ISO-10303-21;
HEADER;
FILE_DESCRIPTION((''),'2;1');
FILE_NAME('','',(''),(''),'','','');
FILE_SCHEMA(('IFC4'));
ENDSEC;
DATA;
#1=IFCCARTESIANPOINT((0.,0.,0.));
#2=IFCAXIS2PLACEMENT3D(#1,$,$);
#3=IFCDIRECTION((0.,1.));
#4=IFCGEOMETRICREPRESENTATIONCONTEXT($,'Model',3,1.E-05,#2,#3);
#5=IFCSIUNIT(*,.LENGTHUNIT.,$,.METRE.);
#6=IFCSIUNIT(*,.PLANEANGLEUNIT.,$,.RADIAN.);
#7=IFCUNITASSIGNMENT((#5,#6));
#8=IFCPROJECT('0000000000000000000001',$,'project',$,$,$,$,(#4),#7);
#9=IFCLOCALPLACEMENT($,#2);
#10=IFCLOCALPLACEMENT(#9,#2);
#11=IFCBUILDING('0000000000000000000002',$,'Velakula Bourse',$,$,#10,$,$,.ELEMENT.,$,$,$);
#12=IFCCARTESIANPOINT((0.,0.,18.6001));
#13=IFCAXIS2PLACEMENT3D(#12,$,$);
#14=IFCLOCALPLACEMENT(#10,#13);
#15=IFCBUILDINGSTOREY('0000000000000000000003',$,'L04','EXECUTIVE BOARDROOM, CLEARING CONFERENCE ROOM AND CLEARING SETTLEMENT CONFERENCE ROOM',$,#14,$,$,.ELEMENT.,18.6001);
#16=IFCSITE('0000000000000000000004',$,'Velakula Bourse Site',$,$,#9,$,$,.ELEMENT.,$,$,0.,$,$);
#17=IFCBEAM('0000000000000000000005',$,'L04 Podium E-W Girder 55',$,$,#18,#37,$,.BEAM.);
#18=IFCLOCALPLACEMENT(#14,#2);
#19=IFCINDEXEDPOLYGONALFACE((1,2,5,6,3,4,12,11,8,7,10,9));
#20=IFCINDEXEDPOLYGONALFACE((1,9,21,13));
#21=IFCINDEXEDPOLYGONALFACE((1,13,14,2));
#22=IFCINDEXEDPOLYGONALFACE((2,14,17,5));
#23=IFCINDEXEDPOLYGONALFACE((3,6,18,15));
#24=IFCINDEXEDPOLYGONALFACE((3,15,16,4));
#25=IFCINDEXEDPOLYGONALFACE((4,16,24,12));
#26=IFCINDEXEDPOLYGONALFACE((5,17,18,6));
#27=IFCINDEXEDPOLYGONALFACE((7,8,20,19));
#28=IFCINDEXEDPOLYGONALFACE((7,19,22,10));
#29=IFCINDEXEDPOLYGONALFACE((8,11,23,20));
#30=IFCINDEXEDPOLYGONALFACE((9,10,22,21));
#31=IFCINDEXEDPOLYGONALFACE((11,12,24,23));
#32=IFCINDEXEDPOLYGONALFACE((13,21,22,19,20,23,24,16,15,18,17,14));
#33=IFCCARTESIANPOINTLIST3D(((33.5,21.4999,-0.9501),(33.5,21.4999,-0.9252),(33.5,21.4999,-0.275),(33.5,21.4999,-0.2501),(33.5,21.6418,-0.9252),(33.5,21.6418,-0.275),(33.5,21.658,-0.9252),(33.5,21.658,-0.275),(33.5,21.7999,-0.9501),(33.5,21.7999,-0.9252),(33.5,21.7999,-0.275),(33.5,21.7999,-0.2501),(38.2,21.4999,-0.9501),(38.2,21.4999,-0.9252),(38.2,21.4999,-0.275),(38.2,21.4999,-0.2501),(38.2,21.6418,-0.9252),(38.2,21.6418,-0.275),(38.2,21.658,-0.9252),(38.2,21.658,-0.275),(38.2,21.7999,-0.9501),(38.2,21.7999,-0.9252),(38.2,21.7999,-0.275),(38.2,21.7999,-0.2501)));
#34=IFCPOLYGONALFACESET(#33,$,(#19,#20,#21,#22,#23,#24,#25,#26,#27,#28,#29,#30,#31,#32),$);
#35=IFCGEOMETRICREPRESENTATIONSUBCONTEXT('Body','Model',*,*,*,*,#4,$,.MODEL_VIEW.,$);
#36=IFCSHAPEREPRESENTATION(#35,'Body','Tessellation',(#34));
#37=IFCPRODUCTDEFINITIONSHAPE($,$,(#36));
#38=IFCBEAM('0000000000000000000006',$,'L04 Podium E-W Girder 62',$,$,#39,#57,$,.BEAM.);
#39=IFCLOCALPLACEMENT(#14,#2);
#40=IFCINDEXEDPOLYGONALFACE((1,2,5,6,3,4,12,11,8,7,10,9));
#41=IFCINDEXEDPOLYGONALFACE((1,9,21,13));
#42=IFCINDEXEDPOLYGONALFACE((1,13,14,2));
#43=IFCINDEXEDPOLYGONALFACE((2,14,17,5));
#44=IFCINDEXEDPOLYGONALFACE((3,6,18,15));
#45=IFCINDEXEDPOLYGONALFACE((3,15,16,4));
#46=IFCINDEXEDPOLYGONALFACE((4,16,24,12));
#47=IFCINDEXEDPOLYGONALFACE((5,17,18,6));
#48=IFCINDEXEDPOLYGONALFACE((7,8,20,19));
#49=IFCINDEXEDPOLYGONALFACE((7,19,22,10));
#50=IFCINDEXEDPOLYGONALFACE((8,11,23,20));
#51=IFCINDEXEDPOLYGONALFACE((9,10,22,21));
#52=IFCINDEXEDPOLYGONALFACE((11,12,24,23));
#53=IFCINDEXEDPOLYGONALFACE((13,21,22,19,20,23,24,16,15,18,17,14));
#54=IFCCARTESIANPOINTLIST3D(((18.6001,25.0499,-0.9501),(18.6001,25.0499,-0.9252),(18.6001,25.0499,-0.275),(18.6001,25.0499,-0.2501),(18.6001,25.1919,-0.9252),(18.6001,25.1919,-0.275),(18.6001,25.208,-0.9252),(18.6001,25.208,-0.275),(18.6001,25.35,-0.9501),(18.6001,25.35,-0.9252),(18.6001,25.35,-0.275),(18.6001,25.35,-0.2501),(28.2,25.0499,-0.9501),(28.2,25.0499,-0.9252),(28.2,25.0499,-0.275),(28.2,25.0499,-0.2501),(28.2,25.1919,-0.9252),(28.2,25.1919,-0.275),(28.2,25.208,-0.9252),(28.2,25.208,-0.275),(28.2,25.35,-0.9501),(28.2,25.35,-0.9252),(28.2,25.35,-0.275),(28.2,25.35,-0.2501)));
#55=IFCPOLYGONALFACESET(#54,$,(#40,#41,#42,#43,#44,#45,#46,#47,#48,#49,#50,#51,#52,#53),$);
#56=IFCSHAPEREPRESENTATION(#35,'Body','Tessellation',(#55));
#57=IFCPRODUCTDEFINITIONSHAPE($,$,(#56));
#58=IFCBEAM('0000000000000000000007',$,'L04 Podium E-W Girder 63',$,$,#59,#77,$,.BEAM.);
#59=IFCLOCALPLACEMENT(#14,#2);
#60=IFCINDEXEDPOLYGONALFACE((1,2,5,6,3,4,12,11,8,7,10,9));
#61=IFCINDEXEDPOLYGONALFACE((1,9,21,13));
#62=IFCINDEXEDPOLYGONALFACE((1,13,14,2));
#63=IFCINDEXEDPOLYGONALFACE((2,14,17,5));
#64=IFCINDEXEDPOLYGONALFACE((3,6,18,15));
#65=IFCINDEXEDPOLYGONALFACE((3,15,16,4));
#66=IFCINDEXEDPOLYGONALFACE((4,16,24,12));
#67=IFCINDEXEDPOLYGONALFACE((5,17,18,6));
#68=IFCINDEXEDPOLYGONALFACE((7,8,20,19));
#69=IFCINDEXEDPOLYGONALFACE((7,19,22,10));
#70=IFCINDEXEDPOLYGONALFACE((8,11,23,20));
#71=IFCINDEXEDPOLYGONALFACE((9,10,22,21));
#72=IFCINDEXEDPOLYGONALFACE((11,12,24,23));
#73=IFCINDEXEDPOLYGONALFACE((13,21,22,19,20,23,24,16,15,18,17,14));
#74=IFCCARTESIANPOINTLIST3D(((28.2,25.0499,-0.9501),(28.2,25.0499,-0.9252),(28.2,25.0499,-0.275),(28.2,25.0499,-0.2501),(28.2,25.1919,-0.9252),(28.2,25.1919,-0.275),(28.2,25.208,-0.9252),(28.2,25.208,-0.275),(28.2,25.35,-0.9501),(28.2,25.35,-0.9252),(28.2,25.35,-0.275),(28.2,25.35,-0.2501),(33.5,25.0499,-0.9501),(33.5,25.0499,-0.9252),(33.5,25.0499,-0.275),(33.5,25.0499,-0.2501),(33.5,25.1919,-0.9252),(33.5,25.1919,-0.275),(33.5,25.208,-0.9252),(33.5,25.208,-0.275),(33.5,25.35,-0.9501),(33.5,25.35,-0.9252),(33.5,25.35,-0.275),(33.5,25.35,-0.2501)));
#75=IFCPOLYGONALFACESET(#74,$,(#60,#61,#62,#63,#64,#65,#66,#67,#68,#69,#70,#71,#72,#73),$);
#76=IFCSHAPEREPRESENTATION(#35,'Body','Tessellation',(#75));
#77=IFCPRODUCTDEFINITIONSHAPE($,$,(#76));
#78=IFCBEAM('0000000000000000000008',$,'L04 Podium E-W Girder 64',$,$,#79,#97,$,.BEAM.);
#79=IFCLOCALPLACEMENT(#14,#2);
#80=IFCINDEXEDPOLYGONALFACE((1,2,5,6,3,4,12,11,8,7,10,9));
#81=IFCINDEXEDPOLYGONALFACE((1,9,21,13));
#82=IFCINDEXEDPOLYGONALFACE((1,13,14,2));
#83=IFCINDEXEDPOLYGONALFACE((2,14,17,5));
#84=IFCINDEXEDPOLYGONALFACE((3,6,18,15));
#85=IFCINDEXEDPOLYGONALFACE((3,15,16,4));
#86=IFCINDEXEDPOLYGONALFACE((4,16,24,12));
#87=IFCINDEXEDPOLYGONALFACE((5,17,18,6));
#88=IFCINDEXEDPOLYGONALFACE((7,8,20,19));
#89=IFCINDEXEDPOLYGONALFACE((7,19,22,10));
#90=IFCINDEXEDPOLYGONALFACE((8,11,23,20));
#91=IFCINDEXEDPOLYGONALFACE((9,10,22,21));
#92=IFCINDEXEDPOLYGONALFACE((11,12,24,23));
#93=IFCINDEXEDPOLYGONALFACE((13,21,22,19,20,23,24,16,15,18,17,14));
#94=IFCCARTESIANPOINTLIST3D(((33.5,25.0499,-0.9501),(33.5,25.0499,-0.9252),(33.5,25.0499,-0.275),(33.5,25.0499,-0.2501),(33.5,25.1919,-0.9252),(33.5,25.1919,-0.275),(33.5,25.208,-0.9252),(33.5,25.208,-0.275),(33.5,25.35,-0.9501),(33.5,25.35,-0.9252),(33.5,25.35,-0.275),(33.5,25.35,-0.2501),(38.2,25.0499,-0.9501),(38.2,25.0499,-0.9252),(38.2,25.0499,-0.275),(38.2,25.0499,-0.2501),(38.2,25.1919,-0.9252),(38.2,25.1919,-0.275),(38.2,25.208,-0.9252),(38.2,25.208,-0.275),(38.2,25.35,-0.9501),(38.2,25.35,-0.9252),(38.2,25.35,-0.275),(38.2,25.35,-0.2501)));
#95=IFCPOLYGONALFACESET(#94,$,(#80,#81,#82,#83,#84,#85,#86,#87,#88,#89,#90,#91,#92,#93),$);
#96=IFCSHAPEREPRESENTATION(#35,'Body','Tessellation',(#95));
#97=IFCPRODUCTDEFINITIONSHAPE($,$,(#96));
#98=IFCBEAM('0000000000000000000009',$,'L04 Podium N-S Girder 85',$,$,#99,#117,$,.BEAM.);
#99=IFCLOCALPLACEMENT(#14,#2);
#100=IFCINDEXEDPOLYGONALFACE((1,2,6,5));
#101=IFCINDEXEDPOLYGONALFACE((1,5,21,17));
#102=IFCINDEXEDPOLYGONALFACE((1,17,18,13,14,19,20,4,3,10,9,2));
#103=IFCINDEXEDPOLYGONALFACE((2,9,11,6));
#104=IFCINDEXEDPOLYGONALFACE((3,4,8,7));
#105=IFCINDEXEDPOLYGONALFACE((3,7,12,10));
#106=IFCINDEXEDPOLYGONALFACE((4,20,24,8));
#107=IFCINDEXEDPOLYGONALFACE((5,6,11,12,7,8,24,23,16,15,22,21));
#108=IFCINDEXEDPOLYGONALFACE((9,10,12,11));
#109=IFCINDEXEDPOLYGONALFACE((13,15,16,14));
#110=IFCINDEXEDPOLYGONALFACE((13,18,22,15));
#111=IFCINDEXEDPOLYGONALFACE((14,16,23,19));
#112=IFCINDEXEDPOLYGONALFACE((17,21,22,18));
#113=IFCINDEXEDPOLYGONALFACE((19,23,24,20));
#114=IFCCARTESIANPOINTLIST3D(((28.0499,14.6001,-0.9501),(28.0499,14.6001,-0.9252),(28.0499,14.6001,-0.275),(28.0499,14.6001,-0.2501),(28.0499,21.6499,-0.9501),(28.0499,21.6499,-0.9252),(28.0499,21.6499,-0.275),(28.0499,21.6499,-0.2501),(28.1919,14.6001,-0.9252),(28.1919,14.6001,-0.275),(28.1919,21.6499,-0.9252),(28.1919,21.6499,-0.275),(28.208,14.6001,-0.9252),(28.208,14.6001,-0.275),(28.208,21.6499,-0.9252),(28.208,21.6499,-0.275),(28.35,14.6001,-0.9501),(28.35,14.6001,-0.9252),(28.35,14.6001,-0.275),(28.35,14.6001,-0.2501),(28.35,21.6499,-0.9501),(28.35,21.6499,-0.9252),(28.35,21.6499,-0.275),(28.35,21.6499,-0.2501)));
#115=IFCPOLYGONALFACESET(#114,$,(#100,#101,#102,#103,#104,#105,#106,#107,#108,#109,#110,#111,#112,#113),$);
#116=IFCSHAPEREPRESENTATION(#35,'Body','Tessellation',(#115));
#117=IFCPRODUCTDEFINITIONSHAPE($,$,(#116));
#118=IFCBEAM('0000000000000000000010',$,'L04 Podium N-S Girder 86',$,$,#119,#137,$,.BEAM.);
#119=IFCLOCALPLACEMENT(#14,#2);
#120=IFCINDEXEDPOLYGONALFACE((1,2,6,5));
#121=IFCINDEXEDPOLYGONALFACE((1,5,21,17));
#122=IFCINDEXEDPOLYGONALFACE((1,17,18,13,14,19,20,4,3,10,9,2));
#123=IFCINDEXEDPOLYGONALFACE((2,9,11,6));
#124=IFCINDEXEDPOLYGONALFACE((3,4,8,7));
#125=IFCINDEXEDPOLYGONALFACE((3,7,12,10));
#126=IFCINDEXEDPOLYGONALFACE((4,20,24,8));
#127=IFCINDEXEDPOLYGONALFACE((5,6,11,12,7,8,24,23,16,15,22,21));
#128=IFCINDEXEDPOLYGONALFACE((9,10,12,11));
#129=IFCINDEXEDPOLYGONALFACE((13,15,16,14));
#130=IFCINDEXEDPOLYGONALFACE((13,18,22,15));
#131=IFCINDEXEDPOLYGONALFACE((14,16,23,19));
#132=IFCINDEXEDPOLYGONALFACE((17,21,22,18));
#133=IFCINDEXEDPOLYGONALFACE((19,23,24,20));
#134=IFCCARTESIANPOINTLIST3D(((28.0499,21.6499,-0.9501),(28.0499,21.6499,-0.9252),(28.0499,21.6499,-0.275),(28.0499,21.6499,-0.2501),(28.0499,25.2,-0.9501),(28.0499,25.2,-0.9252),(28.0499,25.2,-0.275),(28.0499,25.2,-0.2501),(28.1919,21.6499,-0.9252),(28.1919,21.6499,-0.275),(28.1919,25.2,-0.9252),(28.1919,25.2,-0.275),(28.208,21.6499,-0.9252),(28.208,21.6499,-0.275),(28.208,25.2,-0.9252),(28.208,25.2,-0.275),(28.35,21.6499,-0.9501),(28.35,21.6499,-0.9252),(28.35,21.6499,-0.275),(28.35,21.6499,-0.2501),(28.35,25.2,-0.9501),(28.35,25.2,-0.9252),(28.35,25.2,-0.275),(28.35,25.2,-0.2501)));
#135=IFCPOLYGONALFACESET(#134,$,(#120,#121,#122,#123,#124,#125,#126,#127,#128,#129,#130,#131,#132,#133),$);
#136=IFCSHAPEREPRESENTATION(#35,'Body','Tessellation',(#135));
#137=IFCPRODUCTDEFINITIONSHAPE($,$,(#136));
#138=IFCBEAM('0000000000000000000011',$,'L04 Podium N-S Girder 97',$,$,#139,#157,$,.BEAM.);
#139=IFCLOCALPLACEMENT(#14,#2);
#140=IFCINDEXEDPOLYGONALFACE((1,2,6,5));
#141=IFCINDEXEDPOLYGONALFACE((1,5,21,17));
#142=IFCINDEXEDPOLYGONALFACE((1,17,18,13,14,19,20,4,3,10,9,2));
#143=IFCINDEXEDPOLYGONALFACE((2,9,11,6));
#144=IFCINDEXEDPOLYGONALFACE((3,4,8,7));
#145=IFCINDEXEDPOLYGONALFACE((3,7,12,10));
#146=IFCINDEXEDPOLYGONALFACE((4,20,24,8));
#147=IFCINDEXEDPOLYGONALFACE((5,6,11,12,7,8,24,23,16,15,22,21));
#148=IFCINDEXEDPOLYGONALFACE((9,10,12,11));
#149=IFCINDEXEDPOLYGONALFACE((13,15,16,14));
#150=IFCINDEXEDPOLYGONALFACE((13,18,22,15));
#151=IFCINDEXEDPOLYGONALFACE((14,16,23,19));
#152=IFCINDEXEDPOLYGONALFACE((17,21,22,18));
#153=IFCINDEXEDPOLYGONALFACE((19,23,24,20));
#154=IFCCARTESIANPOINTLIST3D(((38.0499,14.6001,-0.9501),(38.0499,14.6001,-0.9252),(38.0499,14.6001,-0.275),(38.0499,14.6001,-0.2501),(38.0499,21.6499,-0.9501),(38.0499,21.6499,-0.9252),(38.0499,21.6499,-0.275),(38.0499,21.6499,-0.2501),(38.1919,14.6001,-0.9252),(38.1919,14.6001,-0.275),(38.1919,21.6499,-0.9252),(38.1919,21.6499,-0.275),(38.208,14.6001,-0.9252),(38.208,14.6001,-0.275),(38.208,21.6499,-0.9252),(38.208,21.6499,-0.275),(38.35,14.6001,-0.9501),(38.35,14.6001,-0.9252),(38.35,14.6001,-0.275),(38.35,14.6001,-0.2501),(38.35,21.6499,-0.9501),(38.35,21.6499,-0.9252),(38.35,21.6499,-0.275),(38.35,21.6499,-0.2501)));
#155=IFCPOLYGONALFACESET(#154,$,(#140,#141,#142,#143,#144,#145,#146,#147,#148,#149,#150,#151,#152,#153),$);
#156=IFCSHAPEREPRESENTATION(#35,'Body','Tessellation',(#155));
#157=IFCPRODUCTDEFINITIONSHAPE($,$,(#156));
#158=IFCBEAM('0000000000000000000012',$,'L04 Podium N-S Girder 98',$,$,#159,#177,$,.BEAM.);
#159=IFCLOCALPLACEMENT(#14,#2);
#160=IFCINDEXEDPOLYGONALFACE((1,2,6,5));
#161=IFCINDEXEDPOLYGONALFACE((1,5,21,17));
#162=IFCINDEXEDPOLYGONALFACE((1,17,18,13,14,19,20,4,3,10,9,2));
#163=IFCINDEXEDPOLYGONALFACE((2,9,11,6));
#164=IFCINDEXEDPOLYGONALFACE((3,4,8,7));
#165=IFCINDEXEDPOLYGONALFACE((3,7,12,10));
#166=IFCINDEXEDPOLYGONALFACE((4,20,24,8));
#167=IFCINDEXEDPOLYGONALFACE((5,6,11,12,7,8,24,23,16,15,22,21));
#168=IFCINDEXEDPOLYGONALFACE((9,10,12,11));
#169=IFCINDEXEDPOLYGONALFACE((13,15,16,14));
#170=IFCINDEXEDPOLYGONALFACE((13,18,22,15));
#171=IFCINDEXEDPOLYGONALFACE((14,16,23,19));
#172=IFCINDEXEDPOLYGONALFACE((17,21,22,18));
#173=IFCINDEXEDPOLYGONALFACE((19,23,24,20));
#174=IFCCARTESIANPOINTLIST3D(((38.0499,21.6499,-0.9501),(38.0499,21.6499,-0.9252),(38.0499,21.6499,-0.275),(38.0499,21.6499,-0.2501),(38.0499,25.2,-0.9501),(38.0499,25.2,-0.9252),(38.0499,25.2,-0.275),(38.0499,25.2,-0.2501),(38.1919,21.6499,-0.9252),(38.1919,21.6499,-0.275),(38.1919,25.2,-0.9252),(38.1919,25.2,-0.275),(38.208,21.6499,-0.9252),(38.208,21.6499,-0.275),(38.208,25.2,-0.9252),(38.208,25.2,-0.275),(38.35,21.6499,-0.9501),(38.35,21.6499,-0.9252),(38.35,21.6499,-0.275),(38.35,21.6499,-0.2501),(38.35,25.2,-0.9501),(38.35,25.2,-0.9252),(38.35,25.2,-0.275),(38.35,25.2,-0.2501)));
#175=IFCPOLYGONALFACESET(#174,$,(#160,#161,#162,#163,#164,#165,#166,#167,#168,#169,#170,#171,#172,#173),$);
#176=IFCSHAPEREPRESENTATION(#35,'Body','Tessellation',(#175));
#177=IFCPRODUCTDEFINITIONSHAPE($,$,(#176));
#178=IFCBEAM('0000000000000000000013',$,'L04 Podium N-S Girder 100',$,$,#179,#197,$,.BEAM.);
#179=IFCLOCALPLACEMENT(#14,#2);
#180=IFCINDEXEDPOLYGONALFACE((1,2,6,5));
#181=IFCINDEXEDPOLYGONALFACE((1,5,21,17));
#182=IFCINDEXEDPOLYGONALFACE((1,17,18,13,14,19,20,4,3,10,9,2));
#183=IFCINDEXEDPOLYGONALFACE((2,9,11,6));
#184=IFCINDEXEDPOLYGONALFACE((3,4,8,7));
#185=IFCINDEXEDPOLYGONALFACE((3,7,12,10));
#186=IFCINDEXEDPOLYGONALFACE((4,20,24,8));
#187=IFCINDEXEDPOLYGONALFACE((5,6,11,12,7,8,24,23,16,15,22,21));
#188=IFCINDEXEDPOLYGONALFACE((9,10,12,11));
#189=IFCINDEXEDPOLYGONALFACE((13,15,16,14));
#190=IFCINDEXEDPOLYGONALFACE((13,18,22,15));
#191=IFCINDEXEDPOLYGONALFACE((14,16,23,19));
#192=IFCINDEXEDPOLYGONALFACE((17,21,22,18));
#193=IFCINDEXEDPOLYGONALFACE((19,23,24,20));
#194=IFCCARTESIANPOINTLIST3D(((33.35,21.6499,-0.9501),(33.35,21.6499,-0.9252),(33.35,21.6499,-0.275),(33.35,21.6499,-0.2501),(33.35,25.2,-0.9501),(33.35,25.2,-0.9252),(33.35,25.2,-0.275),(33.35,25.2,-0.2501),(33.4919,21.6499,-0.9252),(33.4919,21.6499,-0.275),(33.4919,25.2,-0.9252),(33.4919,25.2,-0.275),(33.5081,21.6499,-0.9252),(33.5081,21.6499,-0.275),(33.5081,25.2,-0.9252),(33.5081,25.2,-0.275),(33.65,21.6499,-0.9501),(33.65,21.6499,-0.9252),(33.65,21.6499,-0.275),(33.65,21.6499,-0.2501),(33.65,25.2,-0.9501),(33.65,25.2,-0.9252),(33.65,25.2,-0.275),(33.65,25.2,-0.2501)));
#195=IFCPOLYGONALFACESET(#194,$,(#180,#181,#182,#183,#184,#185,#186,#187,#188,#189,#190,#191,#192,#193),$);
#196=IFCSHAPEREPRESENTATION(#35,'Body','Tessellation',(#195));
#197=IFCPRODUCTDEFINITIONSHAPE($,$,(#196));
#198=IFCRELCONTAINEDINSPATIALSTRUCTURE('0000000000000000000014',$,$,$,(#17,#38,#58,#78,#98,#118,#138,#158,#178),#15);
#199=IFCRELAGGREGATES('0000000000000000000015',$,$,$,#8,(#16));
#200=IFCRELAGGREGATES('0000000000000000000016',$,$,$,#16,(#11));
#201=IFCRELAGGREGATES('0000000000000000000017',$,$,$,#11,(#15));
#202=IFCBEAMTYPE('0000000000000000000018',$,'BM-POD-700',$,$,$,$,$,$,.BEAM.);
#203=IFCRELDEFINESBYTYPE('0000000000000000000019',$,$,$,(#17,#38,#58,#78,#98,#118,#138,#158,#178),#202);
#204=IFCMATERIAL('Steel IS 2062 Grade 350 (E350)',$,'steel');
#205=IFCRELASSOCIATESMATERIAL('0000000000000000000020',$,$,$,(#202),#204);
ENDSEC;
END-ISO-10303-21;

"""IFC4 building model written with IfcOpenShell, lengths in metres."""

from ifc_helpers import new_model, si_unit, direction, frame, origin, origin_2d, place, context, subcontext, project, spatial, i_section, extrude, material, material_profile, profile_set, type_object, element, save


model = new_model("IFC4")

# Units and contexts
model_context = context("Model", 3, precision=1e-05, world=origin(), true_north=direction((0.0, 1.0)))
body_context = subcontext(model_context, "Body", "Model", "MODEL_VIEW")
ifc_project = project(units=[si_unit("LENGTHUNIT", "METRE"), si_unit("PLANEANGLEUNIT", "RADIAN")], contexts=[model_context])

# Site, building, storey
site_placement = place(None, origin())
site = spatial("IfcSite", under=ifc_project, at=site_placement, Name="Velakula Bourse Site", CompositionType="ELEMENT", RefElevation=0.0)
building_placement = place(site_placement, origin())
building = spatial("IfcBuilding", under=site, at=building_placement, Name="Velakula Bourse", CompositionType="ELEMENT")
storey_placement = place(building_placement, frame((0.0, 0.0, 18.6001)))
storey = spatial("IfcBuildingStorey", under=building, at=storey_placement, Name="L04", Description="EXECUTIVE BOARDROOM, CLEARING CONFERENCE ROOM AND CLEARING SETTLEMENT CONFERENCE ROOM", CompositionType="ELEMENT", Elevation=18.6001)

# Beams
ifc_material_1 = material(Name="Steel IS 2062 Grade 350 (E350)", Category="steel")
ifc_material_profile_1 = material_profile(ifc_material_1, i_section(OverallWidth=0.3, OverallDepth=0.7, WebThickness=0.0161, FlangeThickness=0.0249, at=origin_2d()), Name="Steel IS 2062 Grade 350 (E350)")
ifc_profile_set_1 = profile_set([ifc_material_profile_1], Name="Steel IS 2062 Grade 350 (E350)")
beam_type_1 = type_object("IfcBeamType", Name="BM-POD-700", PredefinedType="BEAM", material=ifc_profile_set_1)
beam_1_placement = place(storey_placement, frame((33.5, 21.6499, -0.6001), z_axis=(1.0, 0.0, 0.0), x_axis=(0.0, 1.0, 0.0)))
element("IfcBeam", 1, at=beam_1_placement, inside=storey, type_object=beam_type_1, Name="L04 Podium E-W Girder 55", PredefinedType="BEAM", context=body_context, shape_type="SweptSolid", body=[
    extrude(i_section(OverallWidth=0.3, OverallDepth=0.7, WebThickness=0.0161, FlangeThickness=0.0249, at=origin_2d()), origin(), (0.0, 0.0, 1.0), 4.7),
])
beam_2_placement = place(storey_placement, frame((18.6001, 25.2, -0.6001), z_axis=(1.0, 0.0, 0.0), x_axis=(0.0, 1.0, 0.0)))
element("IfcBeam", 2, at=beam_2_placement, inside=storey, type_object=beam_type_1, Name="L04 Podium E-W Girder 62", PredefinedType="BEAM", context=body_context, shape_type="SweptSolid", body=[
    extrude(i_section(OverallWidth=0.3, OverallDepth=0.7, WebThickness=0.0161, FlangeThickness=0.0249, at=origin_2d()), origin(), (0.0, 0.0, 1.0), 9.5999),
])
beam_3_placement = place(storey_placement, frame((28.2, 25.2, -0.6001), z_axis=(1.0, 0.0, 0.0), x_axis=(0.0, 1.0, 0.0)))
element("IfcBeam", 3, at=beam_3_placement, inside=storey, type_object=beam_type_1, Name="L04 Podium E-W Girder 63", PredefinedType="BEAM", context=body_context, shape_type="SweptSolid", body=[
    extrude(i_section(OverallWidth=0.3, OverallDepth=0.7, WebThickness=0.0161, FlangeThickness=0.0249, at=origin_2d()), origin(), (0.0, 0.0, 1.0), 5.3),
])
beam_4_placement = place(storey_placement, frame((33.5, 25.2, -0.6001), z_axis=(1.0, 0.0, 0.0), x_axis=(0.0, 1.0, 0.0)))
element("IfcBeam", 4, at=beam_4_placement, inside=storey, type_object=beam_type_1, Name="L04 Podium E-W Girder 64", PredefinedType="BEAM", context=body_context, shape_type="SweptSolid", body=[
    extrude(i_section(OverallWidth=0.3, OverallDepth=0.7, WebThickness=0.0161, FlangeThickness=0.0249, at=origin_2d()), origin(), (0.0, 0.0, 1.0), 4.7),
])
beam_5_placement = place(storey_placement, frame((28.2, 14.6001, -0.6001), z_axis=(0.0, 1.0, 0.0), x_axis=(-1.0, 0.0, 0.0)))
element("IfcBeam", 5, at=beam_5_placement, inside=storey, type_object=beam_type_1, Name="L04 Podium N-S Girder 85", PredefinedType="BEAM", context=body_context, shape_type="SweptSolid", body=[
    extrude(i_section(OverallWidth=0.3, OverallDepth=0.7, WebThickness=0.0161, FlangeThickness=0.0249, at=origin_2d()), origin(), (0.0, 0.0, 1.0), 7.0498),
])
beam_6_placement = place(storey_placement, frame((28.2, 21.6499, -0.6001), z_axis=(0.0, 1.0, 0.0), x_axis=(-1.0, 0.0, 0.0)))
element("IfcBeam", 6, at=beam_6_placement, inside=storey, type_object=beam_type_1, Name="L04 Podium N-S Girder 86", PredefinedType="BEAM", context=body_context, shape_type="SweptSolid", body=[
    extrude(i_section(OverallWidth=0.3, OverallDepth=0.7, WebThickness=0.0161, FlangeThickness=0.0249, at=origin_2d()), origin(), (0.0, 0.0, 1.0), 3.55),
])
beam_7_placement = place(storey_placement, frame((38.2, 14.6001, -0.6001), z_axis=(0.0, 1.0, 0.0), x_axis=(-1.0, 0.0, 0.0)))
element("IfcBeam", 7, at=beam_7_placement, inside=storey, type_object=beam_type_1, Name="L04 Podium N-S Girder 97", PredefinedType="BEAM", context=body_context, shape_type="SweptSolid", body=[
    extrude(i_section(OverallWidth=0.3, OverallDepth=0.7, WebThickness=0.0161, FlangeThickness=0.0249, at=origin_2d()), origin(), (0.0, 0.0, 1.0), 7.0498),
])
for number, where, z_axis, x_axis, name in (
    (8, (38.2, 21.6499, -0.6001), (0.0, 1.0, 0.0), (-1.0, 0.0, 0.0), "L04 Podium N-S Girder 98"),
    (9, (33.5, 21.6499, -0.6001), (0.0, 1.0, 0.0), (-1.0, 0.0, 0.0), "L04 Podium N-S Girder 100"),
):
    element("IfcBeam", number, at=place(storey_placement, frame(where, z_axis=z_axis, x_axis=x_axis)), inside=storey, type_object=beam_type_1, Name=name, PredefinedType="BEAM", context=body_context, shape_type="SweptSolid", body=[
        extrude(i_section(OverallWidth=0.3, OverallDepth=0.7, WebThickness=0.0161, FlangeThickness=0.0249, at=origin_2d()), origin(), (0.0, 0.0, 1.0), 3.55),
    ])

save(model, "model.ifc")
